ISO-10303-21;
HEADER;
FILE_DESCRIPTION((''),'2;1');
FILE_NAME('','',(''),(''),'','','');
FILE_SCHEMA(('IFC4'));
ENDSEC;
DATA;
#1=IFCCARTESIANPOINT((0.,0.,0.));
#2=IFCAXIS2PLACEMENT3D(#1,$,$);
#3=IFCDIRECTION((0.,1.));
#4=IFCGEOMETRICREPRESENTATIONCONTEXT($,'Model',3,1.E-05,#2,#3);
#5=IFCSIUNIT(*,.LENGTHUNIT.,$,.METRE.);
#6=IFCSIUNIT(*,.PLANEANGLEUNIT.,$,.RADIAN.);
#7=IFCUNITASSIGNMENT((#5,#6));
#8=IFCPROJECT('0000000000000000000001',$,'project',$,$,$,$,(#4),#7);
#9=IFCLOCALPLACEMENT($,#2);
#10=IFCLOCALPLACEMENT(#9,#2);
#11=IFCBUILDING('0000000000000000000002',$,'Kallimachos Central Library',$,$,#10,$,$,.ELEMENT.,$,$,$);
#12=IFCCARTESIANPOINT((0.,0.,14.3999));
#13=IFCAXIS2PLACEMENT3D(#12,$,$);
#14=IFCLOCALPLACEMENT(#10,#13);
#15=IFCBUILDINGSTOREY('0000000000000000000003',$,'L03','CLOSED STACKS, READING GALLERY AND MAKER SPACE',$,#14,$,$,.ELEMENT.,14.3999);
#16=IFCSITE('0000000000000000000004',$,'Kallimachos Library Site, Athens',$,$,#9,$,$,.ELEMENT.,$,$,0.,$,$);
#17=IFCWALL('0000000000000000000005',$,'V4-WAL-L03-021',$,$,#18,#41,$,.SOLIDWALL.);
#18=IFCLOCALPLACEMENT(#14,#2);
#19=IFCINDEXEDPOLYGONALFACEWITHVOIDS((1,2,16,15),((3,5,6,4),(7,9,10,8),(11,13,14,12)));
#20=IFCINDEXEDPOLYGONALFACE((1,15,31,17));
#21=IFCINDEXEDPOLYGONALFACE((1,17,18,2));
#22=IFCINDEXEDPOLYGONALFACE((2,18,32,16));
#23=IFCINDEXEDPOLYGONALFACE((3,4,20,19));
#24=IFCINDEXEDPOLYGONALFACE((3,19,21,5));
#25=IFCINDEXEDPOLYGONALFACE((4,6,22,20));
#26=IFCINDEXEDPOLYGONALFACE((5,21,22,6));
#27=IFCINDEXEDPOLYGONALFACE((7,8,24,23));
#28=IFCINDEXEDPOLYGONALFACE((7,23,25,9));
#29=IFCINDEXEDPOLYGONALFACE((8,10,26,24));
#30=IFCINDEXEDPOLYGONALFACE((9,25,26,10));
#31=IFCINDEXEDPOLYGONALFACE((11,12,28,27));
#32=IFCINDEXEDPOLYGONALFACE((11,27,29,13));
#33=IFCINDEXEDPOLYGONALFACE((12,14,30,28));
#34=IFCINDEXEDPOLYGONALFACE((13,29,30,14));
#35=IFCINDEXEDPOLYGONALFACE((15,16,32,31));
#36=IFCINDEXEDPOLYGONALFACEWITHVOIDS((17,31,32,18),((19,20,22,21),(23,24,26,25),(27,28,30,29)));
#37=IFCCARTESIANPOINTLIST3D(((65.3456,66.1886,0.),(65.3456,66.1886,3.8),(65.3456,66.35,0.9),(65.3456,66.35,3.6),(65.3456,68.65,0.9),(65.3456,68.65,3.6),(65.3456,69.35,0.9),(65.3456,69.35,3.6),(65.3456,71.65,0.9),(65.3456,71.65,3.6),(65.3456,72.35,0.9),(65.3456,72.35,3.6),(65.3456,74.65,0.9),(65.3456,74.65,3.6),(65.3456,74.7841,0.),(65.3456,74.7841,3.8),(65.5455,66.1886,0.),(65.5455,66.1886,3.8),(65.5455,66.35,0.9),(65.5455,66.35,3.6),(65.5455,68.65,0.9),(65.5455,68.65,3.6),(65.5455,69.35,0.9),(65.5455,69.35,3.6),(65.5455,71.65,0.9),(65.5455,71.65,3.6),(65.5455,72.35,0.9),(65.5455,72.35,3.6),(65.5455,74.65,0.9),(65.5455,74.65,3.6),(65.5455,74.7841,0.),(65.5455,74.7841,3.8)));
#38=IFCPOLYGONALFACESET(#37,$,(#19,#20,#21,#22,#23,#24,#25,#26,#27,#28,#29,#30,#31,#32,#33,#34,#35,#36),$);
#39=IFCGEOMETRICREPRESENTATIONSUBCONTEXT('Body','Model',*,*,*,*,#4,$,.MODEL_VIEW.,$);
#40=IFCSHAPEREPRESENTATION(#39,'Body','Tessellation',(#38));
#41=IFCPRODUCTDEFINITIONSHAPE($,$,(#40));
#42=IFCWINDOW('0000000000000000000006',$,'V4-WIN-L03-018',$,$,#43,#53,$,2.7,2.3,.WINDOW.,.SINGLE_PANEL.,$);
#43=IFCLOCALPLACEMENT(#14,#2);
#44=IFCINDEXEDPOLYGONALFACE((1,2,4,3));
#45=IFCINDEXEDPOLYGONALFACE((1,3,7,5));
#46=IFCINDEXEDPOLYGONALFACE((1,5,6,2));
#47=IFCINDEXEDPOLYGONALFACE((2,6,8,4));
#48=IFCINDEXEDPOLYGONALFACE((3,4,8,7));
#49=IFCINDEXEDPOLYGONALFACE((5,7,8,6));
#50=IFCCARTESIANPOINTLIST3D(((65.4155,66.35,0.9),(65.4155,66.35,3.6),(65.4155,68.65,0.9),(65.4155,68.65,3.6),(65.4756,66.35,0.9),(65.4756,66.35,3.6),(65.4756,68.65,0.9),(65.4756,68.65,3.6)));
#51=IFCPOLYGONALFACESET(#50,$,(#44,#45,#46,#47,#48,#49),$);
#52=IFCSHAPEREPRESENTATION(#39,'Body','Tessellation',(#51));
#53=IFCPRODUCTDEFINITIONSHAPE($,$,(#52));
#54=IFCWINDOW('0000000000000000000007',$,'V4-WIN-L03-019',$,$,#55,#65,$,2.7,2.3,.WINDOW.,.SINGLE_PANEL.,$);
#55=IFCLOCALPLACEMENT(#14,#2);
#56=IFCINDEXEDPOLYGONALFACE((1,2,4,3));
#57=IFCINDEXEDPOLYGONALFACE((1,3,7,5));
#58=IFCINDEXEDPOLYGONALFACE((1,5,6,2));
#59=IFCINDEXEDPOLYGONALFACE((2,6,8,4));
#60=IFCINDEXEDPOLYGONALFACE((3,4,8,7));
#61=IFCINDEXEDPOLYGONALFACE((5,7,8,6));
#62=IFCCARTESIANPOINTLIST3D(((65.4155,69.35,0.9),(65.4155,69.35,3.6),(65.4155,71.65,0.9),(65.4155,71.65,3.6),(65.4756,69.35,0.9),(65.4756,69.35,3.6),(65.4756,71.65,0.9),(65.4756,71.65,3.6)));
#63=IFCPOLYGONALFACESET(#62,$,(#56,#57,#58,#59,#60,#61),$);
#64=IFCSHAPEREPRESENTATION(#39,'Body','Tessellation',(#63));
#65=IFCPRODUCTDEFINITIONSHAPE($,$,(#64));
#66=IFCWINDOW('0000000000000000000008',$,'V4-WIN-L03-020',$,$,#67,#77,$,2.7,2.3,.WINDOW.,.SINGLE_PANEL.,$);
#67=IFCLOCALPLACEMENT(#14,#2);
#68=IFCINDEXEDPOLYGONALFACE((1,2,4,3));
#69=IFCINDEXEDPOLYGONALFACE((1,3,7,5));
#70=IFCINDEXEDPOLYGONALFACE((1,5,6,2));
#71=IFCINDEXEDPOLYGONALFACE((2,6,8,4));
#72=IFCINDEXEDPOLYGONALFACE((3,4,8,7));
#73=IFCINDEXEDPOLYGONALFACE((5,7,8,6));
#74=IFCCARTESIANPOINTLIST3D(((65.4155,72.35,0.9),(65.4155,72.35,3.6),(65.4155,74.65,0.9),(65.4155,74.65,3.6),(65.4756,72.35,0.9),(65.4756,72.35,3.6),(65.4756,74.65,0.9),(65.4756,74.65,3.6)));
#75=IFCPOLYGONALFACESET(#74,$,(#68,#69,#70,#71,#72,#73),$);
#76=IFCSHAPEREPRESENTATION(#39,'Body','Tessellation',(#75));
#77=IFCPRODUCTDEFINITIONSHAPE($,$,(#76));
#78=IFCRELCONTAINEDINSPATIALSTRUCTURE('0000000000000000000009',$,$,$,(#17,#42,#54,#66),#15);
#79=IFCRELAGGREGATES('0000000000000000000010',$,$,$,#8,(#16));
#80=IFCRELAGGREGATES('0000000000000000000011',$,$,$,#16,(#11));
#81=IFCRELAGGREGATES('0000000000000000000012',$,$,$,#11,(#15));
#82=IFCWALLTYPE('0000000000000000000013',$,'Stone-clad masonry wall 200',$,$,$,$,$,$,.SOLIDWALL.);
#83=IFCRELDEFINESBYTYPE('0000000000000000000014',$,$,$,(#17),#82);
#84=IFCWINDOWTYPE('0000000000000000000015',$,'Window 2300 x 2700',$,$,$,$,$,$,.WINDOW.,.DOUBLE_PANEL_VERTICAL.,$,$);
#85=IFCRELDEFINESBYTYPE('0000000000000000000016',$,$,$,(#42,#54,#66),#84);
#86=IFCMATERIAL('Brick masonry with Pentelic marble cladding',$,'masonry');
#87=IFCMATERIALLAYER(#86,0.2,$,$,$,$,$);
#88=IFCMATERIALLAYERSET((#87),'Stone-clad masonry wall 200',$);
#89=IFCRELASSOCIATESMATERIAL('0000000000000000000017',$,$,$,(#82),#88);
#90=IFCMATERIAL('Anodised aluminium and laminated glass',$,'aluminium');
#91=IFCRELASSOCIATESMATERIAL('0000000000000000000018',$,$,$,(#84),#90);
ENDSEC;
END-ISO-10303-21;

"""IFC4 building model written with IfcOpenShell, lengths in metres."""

from ifc_helpers import new_model, si_unit, direction, frame, frame_2d, origin, place, context, subcontext, project, spatial, rectangle, extrude, material, layer, layer_set, type_object, element, fill, save


model = new_model("IFC4")

# Units and contexts
model_context = context("Model", 3, precision=1e-05, world=origin(), true_north=direction((0.0, 1.0)))
body_context = subcontext(model_context, "Body", "Model", "MODEL_VIEW")
ifc_project = project(units=[si_unit("LENGTHUNIT", "METRE"), si_unit("PLANEANGLEUNIT", "RADIAN")], contexts=[model_context])

# Site, building, storey
site_placement = place(None, origin())
site = spatial("IfcSite", under=ifc_project, at=site_placement, Name="Kallimachos Library Site, Athens", CompositionType="ELEMENT", RefElevation=0.0)
building_placement = place(site_placement, origin())
building = spatial("IfcBuilding", under=site, at=building_placement, Name="Kallimachos Central Library", CompositionType="ELEMENT")
storey_placement = place(building_placement, frame((0.0, 0.0, 14.3999)))
storey = spatial("IfcBuildingStorey", under=building, at=storey_placement, Name="L03", Description="CLOSED STACKS, READING GALLERY AND MAKER SPACE", CompositionType="ELEMENT", Elevation=14.3999)

# Wall, openings, windows
ifc_material_1 = material(Name="Brick masonry with Pentelic marble cladding", Category="masonry")
ifc_layer_1 = layer(ifc_material_1, 0.2)
ifc_layer_set_1 = layer_set([ifc_layer_1], Name="Stone-clad masonry wall 200")
wall_type_1 = type_object("IfcWallType", Name="Stone-clad masonry wall 200", PredefinedType="SOLIDWALL", material=ifc_layer_set_1)
wall_1_placement = place(storey_placement, frame((65.4456, 66.1885, 0.0), z_axis=(0.0, 0.0, 1.0), x_axis=(0.0, 1.0, 0.0)))
wall_1 = element("IfcWall", 1, at=wall_1_placement, inside=storey, type_object=wall_type_1, Name="V4-WAL-L03-021", PredefinedType="SOLIDWALL", context=body_context, shape_type="SweptSolid", body=[
    extrude(rectangle(XDim=8.5955, YDim=0.2, at=frame_2d((4.2979, 0.0))), origin(), (0.0, 0.0, 1.0), 3.8),
])
opening_1_placement = place(wall_1_placement, frame((0.1616, 0.0, 0.8999)))
opening_1 = element("IfcOpeningElement", 2, at=opening_1_placement, cuts=wall_1, PredefinedType="OPENING", context=body_context, shape_type="SweptSolid", body=[
    extrude(rectangle(XDim=2.3, YDim=2.7, at=frame_2d((1.1499, 1.3501))), frame((0.0, 0.1099, 0.0), z_axis=(0.0, -1.0, 0.0), x_axis=(1.0, 0.0, 0.0)), (0.0, 0.0, 1.0), 0.22),
])
opening_2_placement = place(wall_1_placement, frame((3.1616, 0.0, 0.8999)))
opening_2 = element("IfcOpeningElement", 3, at=opening_2_placement, cuts=wall_1, PredefinedType="OPENING", context=body_context, shape_type="SweptSolid", body=[
    extrude(rectangle(XDim=2.3, YDim=2.7, at=frame_2d((1.1499, 1.3501))), frame((0.0, 0.1099, 0.0), z_axis=(0.0, -1.0, 0.0), x_axis=(1.0, 0.0, 0.0)), (0.0, 0.0, 1.0), 0.22),
])
opening_3_placement = place(wall_1_placement, frame((6.1616, 0.0, 0.8999)))
opening_3 = element("IfcOpeningElement", 4, at=opening_3_placement, cuts=wall_1, PredefinedType="OPENING", context=body_context, shape_type="SweptSolid", body=[
    extrude(rectangle(XDim=2.3, YDim=2.7, at=frame_2d((1.1499, 1.3501))), frame((0.0, 0.1099, 0.0), z_axis=(0.0, -1.0, 0.0), x_axis=(1.0, 0.0, 0.0)), (0.0, 0.0, 1.0), 0.22),
])
ifc_material_2 = material(Name="Anodised aluminium and laminated glass", Category="aluminium")
window_type = type_object("IfcWindowType", Name="Window 2300 x 2700", PartitioningType="DOUBLE_PANEL_VERTICAL", PredefinedType="WINDOW", material=ifc_material_2)
window_1_placement = place(opening_1_placement, origin())
window_1 = element("IfcWindow", 5, at=window_1_placement, inside=storey, type_object=window_type, Name="V4-WIN-L03-018", OverallHeight=2.7, OverallWidth=2.3, PartitioningType="SINGLE_PANEL", PredefinedType="WINDOW", context=body_context, shape_type="SweptSolid", body=[
    extrude(rectangle(XDim=2.3, YDim=2.7, at=frame_2d((1.1499, 1.3501))), frame((0.0, 0.03, 0.0), z_axis=(0.0, -1.0, 0.0), x_axis=(1.0, 0.0, 0.0)), (0.0, 0.0, 1.0), 0.0601),
])
fill(opening_1, window_1)
window_2_placement = place(opening_2_placement, origin())
window_2 = element("IfcWindow", 6, at=window_2_placement, inside=storey, type_object=window_type, Name="V4-WIN-L03-019", OverallHeight=2.7, OverallWidth=2.3, PartitioningType="SINGLE_PANEL", PredefinedType="WINDOW", context=body_context, shape_type="SweptSolid", body=[
    extrude(rectangle(XDim=2.3, YDim=2.7, at=frame_2d((1.1499, 1.3501))), frame((0.0, 0.03, 0.0), z_axis=(0.0, -1.0, 0.0), x_axis=(1.0, 0.0, 0.0)), (0.0, 0.0, 1.0), 0.0601),
])
fill(opening_2, window_2)
window_3_placement = place(opening_3_placement, origin())
window_3 = element("IfcWindow", 7, at=window_3_placement, inside=storey, type_object=window_type, Name="V4-WIN-L03-020", OverallHeight=2.7, OverallWidth=2.3, PartitioningType="SINGLE_PANEL", PredefinedType="WINDOW", context=body_context, shape_type="SweptSolid", body=[
    extrude(rectangle(XDim=2.3, YDim=2.7, at=frame_2d((1.1499, 1.3501))), frame((0.0, 0.03, 0.0), z_axis=(0.0, -1.0, 0.0), x_axis=(1.0, 0.0, 0.0)), (0.0, 0.0, 1.0), 0.0601),
])
fill(opening_3, window_3)

save(model, "model.ifc")
